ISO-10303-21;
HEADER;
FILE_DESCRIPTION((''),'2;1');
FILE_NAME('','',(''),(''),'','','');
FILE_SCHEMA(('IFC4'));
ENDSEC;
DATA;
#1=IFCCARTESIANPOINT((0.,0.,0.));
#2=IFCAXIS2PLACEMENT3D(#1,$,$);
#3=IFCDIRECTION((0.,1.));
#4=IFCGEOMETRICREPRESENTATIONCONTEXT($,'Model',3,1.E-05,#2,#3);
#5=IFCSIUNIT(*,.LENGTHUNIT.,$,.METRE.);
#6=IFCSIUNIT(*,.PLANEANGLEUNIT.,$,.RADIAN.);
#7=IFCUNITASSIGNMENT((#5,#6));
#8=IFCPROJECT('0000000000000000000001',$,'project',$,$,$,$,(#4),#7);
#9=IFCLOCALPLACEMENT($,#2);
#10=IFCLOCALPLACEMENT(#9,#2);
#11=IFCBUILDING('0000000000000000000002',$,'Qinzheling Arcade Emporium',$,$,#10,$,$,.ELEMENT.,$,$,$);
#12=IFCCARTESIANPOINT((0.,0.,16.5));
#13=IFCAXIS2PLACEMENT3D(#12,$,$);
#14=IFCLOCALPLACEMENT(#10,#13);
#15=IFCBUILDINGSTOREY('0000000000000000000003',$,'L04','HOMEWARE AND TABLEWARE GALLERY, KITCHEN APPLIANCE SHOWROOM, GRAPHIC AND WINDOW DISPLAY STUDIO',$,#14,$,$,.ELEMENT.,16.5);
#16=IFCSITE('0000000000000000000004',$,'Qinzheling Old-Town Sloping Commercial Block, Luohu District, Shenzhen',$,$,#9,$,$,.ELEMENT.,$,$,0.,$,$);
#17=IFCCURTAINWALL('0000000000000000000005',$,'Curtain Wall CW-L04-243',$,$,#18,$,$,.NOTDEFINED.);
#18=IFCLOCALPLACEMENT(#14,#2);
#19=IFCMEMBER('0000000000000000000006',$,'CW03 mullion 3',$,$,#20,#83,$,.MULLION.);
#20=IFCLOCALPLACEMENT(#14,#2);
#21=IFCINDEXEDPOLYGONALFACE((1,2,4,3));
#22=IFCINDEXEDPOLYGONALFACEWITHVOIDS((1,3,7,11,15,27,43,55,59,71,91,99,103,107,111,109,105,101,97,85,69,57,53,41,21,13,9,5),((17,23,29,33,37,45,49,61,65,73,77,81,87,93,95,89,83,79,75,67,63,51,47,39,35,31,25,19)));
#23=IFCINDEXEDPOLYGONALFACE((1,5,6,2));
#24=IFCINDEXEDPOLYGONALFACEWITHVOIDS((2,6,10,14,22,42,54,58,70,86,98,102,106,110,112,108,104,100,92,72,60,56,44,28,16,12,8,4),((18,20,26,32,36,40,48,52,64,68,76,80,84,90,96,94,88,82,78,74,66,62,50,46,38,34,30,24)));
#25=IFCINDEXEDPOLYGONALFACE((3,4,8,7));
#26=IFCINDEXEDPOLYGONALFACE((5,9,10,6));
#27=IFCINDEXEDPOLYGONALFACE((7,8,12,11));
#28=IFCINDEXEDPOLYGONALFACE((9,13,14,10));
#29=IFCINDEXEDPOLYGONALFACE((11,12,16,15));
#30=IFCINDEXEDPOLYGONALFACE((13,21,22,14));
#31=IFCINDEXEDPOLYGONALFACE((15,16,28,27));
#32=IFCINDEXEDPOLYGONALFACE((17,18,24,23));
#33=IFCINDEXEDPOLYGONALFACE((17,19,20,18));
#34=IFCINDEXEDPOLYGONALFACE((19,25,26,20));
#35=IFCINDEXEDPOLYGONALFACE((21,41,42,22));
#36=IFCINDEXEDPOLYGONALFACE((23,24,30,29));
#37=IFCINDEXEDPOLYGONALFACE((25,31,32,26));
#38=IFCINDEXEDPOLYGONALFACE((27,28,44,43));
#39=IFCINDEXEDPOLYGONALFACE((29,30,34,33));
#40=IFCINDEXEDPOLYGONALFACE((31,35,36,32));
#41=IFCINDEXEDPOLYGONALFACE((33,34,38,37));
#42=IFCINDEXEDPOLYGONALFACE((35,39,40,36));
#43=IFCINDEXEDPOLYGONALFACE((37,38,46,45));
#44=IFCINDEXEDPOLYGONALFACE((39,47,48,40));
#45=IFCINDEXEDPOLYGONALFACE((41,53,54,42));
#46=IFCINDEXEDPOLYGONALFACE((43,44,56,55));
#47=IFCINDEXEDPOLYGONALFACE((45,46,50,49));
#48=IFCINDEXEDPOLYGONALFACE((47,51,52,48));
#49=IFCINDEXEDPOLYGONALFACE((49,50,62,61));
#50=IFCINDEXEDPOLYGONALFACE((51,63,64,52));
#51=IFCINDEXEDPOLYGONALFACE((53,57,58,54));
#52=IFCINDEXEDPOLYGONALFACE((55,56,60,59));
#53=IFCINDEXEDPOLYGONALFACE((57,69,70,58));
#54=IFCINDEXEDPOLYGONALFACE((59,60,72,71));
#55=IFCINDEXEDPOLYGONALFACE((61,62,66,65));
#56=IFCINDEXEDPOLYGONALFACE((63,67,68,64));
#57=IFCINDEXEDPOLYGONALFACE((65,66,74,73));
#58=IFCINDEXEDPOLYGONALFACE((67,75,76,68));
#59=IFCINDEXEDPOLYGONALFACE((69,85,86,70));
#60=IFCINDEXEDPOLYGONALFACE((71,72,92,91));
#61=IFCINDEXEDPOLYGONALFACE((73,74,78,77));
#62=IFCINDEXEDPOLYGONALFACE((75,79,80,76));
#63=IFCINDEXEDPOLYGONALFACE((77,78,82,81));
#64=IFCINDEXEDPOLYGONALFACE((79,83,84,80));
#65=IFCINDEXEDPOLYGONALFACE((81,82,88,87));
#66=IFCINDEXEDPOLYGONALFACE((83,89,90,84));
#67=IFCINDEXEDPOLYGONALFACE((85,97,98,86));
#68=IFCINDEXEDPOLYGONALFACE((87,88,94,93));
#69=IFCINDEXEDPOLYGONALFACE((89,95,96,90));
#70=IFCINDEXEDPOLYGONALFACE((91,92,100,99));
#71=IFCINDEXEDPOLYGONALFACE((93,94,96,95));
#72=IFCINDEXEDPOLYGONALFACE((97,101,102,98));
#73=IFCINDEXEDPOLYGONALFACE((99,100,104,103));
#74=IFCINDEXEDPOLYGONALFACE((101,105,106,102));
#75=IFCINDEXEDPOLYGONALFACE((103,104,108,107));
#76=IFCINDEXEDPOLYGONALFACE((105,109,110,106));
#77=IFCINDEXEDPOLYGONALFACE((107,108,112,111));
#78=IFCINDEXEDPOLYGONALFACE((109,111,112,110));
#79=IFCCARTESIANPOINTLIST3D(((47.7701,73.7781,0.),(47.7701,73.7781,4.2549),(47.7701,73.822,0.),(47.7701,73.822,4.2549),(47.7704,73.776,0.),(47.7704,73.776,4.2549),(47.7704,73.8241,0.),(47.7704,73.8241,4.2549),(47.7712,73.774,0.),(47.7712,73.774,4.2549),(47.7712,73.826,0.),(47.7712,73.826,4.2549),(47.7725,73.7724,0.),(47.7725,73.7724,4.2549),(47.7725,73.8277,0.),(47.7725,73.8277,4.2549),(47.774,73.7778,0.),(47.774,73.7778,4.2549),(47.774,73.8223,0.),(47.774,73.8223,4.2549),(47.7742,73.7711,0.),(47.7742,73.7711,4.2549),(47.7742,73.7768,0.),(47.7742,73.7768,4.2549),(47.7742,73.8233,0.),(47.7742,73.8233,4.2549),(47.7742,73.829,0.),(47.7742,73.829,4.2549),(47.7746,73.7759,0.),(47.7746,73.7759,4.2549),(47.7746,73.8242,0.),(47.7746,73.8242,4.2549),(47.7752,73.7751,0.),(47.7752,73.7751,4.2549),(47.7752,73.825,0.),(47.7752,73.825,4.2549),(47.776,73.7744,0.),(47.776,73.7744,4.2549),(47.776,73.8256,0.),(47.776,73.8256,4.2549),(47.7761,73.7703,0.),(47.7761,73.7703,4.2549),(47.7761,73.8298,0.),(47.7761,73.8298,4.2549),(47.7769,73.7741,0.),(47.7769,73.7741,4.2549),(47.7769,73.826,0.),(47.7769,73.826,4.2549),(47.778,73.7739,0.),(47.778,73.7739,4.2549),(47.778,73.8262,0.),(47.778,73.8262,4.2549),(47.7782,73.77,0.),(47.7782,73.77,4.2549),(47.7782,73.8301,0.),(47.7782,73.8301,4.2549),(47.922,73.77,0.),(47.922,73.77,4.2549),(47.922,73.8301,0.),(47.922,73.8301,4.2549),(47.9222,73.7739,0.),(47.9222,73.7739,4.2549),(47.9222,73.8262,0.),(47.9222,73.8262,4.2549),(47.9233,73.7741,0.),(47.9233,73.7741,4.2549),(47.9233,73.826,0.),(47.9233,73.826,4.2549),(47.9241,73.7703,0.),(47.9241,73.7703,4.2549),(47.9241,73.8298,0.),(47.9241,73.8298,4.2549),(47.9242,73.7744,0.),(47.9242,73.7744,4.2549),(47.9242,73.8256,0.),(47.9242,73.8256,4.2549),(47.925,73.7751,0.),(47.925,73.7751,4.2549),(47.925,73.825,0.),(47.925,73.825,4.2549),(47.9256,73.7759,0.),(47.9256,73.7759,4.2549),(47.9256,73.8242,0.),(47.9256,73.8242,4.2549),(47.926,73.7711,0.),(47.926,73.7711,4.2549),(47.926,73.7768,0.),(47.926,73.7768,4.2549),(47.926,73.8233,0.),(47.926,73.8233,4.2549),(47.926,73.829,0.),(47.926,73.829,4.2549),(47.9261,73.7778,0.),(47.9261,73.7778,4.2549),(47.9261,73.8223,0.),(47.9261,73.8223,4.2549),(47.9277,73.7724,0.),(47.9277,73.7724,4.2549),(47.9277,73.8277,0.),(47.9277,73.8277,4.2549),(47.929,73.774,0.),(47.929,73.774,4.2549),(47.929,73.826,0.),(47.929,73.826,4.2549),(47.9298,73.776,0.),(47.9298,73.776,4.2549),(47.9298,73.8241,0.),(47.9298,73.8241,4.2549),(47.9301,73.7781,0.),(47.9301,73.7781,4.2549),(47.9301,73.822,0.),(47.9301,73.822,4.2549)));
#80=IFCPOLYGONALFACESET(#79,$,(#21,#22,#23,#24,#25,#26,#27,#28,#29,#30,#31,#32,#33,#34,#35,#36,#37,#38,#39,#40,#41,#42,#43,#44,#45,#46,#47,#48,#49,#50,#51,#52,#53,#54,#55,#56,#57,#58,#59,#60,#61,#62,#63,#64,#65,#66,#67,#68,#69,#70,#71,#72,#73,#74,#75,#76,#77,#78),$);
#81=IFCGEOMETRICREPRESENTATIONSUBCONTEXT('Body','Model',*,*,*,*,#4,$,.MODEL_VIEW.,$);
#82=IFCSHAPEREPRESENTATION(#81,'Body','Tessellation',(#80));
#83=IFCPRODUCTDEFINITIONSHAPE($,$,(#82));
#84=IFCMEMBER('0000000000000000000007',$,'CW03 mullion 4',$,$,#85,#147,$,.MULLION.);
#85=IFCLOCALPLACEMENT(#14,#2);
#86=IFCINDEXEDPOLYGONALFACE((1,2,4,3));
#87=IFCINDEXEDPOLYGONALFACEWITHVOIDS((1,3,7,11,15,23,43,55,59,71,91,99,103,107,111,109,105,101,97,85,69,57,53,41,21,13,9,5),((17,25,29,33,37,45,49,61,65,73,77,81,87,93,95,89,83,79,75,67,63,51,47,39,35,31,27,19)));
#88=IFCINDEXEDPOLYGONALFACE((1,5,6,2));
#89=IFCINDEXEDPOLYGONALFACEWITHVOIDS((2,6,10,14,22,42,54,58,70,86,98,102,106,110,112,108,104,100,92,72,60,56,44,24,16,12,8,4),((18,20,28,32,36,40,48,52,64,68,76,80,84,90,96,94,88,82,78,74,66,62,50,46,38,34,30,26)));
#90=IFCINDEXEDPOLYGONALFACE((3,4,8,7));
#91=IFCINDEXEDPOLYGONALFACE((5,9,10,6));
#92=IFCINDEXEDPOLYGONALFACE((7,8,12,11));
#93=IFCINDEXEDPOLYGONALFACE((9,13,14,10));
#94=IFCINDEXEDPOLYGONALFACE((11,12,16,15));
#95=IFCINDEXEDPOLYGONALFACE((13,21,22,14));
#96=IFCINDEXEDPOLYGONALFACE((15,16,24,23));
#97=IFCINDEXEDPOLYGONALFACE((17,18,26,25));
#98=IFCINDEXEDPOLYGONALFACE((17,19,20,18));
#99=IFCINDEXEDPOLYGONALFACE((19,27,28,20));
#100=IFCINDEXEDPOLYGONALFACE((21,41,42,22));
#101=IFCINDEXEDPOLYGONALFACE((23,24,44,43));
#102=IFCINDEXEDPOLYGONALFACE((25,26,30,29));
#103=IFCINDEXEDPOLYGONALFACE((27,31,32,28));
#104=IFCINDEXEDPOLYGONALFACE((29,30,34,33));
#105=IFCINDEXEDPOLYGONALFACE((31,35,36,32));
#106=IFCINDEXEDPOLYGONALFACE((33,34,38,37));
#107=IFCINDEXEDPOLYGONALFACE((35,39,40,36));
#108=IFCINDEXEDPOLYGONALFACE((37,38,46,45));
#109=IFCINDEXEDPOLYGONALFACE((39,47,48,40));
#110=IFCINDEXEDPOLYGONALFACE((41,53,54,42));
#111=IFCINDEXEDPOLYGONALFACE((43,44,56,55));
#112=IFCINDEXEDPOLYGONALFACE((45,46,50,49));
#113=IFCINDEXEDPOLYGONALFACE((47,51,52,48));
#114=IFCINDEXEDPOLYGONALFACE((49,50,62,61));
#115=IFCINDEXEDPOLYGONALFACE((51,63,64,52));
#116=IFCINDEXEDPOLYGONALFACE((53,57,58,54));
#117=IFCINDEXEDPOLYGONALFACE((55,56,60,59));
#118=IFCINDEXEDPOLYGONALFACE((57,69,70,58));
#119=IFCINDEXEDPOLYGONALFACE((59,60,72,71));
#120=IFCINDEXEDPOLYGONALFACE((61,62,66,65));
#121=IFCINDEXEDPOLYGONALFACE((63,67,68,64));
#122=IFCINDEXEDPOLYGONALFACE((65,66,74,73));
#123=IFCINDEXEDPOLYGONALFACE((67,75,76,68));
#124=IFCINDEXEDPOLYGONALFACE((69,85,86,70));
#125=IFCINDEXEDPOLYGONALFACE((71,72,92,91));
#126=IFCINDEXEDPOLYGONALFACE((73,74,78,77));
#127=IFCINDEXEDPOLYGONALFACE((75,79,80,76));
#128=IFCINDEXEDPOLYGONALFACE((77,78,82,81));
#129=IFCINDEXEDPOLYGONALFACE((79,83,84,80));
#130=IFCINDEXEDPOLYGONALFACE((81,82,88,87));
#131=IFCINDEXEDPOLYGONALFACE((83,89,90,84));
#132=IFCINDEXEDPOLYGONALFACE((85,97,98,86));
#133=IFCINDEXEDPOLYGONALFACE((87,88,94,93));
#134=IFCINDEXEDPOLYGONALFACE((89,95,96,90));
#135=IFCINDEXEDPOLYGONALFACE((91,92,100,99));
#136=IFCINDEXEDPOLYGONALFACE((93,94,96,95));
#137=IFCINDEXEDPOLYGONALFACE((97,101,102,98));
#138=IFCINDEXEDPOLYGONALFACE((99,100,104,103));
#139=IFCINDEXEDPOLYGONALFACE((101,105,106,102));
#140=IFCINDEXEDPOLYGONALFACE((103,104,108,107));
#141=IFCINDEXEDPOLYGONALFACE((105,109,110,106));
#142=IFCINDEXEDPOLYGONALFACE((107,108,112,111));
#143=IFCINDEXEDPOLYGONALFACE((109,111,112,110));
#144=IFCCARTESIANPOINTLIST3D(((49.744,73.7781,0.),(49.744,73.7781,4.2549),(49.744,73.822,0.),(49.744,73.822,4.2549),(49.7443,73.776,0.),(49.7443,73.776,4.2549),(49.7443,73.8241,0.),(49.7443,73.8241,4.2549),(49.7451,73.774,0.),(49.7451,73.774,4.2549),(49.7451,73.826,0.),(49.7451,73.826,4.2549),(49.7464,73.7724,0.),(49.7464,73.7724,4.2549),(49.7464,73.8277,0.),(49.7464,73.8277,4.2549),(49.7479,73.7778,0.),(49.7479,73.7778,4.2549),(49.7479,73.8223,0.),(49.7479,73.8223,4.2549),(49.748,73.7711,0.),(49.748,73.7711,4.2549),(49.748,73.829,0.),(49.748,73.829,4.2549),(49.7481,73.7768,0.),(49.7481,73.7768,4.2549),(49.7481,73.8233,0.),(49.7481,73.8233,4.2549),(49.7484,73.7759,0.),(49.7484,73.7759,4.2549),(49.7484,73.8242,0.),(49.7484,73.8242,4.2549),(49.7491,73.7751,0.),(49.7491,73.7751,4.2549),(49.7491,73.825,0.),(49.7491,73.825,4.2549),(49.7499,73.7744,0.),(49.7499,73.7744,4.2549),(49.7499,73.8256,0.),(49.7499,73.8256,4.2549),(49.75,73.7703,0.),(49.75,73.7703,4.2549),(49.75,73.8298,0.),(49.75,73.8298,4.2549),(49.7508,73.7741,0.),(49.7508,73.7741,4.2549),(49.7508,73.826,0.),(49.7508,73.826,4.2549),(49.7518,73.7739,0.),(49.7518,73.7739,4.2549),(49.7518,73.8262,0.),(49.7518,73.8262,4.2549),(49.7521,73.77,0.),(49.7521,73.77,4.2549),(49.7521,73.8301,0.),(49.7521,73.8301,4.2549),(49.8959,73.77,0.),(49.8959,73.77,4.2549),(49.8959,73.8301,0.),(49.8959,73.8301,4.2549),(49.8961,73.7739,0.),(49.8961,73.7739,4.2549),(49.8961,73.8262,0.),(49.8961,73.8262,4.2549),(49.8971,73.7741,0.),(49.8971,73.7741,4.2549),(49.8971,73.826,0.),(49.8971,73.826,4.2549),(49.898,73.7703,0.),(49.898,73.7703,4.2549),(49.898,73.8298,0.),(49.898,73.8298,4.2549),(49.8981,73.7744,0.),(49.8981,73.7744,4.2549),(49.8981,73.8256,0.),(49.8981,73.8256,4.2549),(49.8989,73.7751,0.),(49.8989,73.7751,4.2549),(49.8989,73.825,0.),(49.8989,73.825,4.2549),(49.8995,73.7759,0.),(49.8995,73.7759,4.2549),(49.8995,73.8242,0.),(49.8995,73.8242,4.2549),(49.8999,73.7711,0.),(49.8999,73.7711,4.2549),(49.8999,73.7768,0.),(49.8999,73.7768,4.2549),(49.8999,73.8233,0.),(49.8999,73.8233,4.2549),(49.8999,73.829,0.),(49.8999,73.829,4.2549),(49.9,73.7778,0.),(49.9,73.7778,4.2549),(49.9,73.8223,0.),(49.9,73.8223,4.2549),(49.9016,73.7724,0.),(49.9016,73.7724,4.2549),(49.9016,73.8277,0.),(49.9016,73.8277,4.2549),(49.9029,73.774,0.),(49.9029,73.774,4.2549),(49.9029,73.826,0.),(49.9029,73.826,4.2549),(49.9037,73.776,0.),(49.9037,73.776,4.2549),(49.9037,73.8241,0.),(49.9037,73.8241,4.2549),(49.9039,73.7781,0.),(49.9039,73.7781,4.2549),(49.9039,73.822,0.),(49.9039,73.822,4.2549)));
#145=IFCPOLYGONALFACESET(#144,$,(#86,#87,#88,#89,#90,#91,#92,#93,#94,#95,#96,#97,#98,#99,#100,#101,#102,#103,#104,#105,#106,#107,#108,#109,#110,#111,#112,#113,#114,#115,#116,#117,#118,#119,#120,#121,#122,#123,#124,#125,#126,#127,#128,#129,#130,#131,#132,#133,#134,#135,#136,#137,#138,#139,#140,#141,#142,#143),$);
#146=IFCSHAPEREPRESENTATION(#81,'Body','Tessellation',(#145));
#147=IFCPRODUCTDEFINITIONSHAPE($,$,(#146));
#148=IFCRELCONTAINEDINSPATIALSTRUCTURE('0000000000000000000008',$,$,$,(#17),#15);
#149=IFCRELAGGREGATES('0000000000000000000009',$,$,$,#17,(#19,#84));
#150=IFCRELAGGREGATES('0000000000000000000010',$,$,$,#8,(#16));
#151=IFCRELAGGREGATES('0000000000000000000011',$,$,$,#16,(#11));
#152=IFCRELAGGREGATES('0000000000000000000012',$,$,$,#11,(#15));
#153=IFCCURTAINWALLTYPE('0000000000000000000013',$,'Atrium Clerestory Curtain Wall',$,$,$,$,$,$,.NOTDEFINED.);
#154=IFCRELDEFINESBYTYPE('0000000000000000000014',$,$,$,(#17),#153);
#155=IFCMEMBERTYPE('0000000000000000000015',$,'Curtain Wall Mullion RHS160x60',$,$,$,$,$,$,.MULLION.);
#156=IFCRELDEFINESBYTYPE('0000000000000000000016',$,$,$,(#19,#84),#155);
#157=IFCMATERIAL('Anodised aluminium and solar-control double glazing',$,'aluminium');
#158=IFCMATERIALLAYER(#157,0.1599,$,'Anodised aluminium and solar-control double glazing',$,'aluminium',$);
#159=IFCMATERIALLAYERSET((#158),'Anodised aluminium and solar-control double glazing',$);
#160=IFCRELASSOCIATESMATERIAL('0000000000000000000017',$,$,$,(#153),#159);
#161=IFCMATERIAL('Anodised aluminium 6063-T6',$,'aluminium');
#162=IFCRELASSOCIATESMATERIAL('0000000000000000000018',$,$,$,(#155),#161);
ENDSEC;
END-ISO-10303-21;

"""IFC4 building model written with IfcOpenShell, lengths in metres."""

from ifc_helpers import new_model, si_unit, direction, frame, origin, origin_2d, place, context, subcontext, project, spatial, hollow_rectangle, extrude, material, layer, layer_set, material_profile, profile_set, type_object, element, aggregate, save


model = new_model("IFC4")

# Units and contexts
model_context = context("Model", 3, precision=1e-05, world=origin(), true_north=direction((0.0, 1.0)))
body_context = subcontext(model_context, "Body", "Model", "MODEL_VIEW")
ifc_project = project(units=[si_unit("LENGTHUNIT", "METRE"), si_unit("PLANEANGLEUNIT", "RADIAN")], contexts=[model_context])

# Site, building, storey
site_placement = place(None, origin())
site = spatial("IfcSite", under=ifc_project, at=site_placement, Name="Qinzheling Old-Town Sloping Commercial Block, Luohu District, Shenzhen", CompositionType="ELEMENT", RefElevation=0.0)
building_placement = place(site_placement, origin())
building = spatial("IfcBuilding", under=site, at=building_placement, Name="Qinzheling Arcade Emporium", CompositionType="ELEMENT")
storey_placement = place(building_placement, frame((0.0, 0.0, 16.5)))
storey = spatial("IfcBuildingStorey", under=building, at=storey_placement, Name="L04", Description="HOMEWARE AND TABLEWARE GALLERY, KITCHEN APPLIANCE SHOWROOM, GRAPHIC AND WINDOW DISPLAY STUDIO", CompositionType="ELEMENT", Elevation=16.5)

# Curtain wall, members
ifc_material_1 = material(Name="Anodised aluminium and solar-control double glazing", Category="aluminium")
ifc_layer_1 = layer(ifc_material_1, 0.1599, Name="Anodised aluminium and solar-control double glazing", Category="aluminium")
ifc_layer_set_1 = layer_set([ifc_layer_1], Name="Anodised aluminium and solar-control double glazing")
curtain_wall_type = type_object("IfcCurtainWallType", Name="Atrium Clerestory Curtain Wall", PredefinedType="NOTDEFINED", material=ifc_layer_set_1)
curtain_wall_placement = place(storey_placement, origin())
curtain_wall = element("IfcCurtainWall", 1, at=curtain_wall_placement, inside=storey, type_object=curtain_wall_type, Name="Curtain Wall CW-L04-243", PredefinedType="NOTDEFINED")
ifc_material_2 = material(Name="Anodised aluminium 6063-T6", Category="aluminium")
ifc_material_profile_1 = material_profile(ifc_material_2, hollow_rectangle(XDim=0.0601, YDim=0.1599, WallThickness=0.0039, InnerFilletRadius=0.0039, OuterFilletRadius=0.0081, at=origin_2d()), Name="RHS 160x60x4", Category="aluminium")
ifc_profile_set_1 = profile_set([ifc_material_profile_1], Name="Anodised aluminium 6063-T6")
member_type_1 = type_object("IfcMemberType", Name="Curtain Wall Mullion RHS160x60", PredefinedType="MULLION", material=ifc_profile_set_1)
member_1_placement = place(storey_placement, frame((47.8501, 73.8, 0.0), z_axis=(0.0, 0.0, 1.0), x_axis=(0.0, 1.0, 0.0)))
member_1 = element("IfcMember", 2, at=member_1_placement, type_object=member_type_1, Name="CW03 mullion 3", PredefinedType="MULLION", context=body_context, shape_type="SweptSolid", body=[
    extrude(hollow_rectangle(XDim=0.0601, YDim=0.1599, WallThickness=0.0039, InnerFilletRadius=0.0039, OuterFilletRadius=0.0081, at=origin_2d()), origin(), (0.0, 0.0, 1.0), 4.2549),
])
member_2_placement = place(storey_placement, frame((49.824, 73.8, 0.0), z_axis=(0.0, 0.0, 1.0), x_axis=(0.0, 1.0, 0.0)))
member_2 = element("IfcMember", 3, at=member_2_placement, type_object=member_type_1, Name="CW03 mullion 4", PredefinedType="MULLION", context=body_context, shape_type="SweptSolid", body=[
    extrude(hollow_rectangle(XDim=0.0601, YDim=0.1599, WallThickness=0.0039, InnerFilletRadius=0.0039, OuterFilletRadius=0.0081, at=origin_2d()), origin(), (0.0, 0.0, 1.0), 4.2549),
])
aggregate(curtain_wall, [member_1, member_2])

save(model, "model.ifc")
